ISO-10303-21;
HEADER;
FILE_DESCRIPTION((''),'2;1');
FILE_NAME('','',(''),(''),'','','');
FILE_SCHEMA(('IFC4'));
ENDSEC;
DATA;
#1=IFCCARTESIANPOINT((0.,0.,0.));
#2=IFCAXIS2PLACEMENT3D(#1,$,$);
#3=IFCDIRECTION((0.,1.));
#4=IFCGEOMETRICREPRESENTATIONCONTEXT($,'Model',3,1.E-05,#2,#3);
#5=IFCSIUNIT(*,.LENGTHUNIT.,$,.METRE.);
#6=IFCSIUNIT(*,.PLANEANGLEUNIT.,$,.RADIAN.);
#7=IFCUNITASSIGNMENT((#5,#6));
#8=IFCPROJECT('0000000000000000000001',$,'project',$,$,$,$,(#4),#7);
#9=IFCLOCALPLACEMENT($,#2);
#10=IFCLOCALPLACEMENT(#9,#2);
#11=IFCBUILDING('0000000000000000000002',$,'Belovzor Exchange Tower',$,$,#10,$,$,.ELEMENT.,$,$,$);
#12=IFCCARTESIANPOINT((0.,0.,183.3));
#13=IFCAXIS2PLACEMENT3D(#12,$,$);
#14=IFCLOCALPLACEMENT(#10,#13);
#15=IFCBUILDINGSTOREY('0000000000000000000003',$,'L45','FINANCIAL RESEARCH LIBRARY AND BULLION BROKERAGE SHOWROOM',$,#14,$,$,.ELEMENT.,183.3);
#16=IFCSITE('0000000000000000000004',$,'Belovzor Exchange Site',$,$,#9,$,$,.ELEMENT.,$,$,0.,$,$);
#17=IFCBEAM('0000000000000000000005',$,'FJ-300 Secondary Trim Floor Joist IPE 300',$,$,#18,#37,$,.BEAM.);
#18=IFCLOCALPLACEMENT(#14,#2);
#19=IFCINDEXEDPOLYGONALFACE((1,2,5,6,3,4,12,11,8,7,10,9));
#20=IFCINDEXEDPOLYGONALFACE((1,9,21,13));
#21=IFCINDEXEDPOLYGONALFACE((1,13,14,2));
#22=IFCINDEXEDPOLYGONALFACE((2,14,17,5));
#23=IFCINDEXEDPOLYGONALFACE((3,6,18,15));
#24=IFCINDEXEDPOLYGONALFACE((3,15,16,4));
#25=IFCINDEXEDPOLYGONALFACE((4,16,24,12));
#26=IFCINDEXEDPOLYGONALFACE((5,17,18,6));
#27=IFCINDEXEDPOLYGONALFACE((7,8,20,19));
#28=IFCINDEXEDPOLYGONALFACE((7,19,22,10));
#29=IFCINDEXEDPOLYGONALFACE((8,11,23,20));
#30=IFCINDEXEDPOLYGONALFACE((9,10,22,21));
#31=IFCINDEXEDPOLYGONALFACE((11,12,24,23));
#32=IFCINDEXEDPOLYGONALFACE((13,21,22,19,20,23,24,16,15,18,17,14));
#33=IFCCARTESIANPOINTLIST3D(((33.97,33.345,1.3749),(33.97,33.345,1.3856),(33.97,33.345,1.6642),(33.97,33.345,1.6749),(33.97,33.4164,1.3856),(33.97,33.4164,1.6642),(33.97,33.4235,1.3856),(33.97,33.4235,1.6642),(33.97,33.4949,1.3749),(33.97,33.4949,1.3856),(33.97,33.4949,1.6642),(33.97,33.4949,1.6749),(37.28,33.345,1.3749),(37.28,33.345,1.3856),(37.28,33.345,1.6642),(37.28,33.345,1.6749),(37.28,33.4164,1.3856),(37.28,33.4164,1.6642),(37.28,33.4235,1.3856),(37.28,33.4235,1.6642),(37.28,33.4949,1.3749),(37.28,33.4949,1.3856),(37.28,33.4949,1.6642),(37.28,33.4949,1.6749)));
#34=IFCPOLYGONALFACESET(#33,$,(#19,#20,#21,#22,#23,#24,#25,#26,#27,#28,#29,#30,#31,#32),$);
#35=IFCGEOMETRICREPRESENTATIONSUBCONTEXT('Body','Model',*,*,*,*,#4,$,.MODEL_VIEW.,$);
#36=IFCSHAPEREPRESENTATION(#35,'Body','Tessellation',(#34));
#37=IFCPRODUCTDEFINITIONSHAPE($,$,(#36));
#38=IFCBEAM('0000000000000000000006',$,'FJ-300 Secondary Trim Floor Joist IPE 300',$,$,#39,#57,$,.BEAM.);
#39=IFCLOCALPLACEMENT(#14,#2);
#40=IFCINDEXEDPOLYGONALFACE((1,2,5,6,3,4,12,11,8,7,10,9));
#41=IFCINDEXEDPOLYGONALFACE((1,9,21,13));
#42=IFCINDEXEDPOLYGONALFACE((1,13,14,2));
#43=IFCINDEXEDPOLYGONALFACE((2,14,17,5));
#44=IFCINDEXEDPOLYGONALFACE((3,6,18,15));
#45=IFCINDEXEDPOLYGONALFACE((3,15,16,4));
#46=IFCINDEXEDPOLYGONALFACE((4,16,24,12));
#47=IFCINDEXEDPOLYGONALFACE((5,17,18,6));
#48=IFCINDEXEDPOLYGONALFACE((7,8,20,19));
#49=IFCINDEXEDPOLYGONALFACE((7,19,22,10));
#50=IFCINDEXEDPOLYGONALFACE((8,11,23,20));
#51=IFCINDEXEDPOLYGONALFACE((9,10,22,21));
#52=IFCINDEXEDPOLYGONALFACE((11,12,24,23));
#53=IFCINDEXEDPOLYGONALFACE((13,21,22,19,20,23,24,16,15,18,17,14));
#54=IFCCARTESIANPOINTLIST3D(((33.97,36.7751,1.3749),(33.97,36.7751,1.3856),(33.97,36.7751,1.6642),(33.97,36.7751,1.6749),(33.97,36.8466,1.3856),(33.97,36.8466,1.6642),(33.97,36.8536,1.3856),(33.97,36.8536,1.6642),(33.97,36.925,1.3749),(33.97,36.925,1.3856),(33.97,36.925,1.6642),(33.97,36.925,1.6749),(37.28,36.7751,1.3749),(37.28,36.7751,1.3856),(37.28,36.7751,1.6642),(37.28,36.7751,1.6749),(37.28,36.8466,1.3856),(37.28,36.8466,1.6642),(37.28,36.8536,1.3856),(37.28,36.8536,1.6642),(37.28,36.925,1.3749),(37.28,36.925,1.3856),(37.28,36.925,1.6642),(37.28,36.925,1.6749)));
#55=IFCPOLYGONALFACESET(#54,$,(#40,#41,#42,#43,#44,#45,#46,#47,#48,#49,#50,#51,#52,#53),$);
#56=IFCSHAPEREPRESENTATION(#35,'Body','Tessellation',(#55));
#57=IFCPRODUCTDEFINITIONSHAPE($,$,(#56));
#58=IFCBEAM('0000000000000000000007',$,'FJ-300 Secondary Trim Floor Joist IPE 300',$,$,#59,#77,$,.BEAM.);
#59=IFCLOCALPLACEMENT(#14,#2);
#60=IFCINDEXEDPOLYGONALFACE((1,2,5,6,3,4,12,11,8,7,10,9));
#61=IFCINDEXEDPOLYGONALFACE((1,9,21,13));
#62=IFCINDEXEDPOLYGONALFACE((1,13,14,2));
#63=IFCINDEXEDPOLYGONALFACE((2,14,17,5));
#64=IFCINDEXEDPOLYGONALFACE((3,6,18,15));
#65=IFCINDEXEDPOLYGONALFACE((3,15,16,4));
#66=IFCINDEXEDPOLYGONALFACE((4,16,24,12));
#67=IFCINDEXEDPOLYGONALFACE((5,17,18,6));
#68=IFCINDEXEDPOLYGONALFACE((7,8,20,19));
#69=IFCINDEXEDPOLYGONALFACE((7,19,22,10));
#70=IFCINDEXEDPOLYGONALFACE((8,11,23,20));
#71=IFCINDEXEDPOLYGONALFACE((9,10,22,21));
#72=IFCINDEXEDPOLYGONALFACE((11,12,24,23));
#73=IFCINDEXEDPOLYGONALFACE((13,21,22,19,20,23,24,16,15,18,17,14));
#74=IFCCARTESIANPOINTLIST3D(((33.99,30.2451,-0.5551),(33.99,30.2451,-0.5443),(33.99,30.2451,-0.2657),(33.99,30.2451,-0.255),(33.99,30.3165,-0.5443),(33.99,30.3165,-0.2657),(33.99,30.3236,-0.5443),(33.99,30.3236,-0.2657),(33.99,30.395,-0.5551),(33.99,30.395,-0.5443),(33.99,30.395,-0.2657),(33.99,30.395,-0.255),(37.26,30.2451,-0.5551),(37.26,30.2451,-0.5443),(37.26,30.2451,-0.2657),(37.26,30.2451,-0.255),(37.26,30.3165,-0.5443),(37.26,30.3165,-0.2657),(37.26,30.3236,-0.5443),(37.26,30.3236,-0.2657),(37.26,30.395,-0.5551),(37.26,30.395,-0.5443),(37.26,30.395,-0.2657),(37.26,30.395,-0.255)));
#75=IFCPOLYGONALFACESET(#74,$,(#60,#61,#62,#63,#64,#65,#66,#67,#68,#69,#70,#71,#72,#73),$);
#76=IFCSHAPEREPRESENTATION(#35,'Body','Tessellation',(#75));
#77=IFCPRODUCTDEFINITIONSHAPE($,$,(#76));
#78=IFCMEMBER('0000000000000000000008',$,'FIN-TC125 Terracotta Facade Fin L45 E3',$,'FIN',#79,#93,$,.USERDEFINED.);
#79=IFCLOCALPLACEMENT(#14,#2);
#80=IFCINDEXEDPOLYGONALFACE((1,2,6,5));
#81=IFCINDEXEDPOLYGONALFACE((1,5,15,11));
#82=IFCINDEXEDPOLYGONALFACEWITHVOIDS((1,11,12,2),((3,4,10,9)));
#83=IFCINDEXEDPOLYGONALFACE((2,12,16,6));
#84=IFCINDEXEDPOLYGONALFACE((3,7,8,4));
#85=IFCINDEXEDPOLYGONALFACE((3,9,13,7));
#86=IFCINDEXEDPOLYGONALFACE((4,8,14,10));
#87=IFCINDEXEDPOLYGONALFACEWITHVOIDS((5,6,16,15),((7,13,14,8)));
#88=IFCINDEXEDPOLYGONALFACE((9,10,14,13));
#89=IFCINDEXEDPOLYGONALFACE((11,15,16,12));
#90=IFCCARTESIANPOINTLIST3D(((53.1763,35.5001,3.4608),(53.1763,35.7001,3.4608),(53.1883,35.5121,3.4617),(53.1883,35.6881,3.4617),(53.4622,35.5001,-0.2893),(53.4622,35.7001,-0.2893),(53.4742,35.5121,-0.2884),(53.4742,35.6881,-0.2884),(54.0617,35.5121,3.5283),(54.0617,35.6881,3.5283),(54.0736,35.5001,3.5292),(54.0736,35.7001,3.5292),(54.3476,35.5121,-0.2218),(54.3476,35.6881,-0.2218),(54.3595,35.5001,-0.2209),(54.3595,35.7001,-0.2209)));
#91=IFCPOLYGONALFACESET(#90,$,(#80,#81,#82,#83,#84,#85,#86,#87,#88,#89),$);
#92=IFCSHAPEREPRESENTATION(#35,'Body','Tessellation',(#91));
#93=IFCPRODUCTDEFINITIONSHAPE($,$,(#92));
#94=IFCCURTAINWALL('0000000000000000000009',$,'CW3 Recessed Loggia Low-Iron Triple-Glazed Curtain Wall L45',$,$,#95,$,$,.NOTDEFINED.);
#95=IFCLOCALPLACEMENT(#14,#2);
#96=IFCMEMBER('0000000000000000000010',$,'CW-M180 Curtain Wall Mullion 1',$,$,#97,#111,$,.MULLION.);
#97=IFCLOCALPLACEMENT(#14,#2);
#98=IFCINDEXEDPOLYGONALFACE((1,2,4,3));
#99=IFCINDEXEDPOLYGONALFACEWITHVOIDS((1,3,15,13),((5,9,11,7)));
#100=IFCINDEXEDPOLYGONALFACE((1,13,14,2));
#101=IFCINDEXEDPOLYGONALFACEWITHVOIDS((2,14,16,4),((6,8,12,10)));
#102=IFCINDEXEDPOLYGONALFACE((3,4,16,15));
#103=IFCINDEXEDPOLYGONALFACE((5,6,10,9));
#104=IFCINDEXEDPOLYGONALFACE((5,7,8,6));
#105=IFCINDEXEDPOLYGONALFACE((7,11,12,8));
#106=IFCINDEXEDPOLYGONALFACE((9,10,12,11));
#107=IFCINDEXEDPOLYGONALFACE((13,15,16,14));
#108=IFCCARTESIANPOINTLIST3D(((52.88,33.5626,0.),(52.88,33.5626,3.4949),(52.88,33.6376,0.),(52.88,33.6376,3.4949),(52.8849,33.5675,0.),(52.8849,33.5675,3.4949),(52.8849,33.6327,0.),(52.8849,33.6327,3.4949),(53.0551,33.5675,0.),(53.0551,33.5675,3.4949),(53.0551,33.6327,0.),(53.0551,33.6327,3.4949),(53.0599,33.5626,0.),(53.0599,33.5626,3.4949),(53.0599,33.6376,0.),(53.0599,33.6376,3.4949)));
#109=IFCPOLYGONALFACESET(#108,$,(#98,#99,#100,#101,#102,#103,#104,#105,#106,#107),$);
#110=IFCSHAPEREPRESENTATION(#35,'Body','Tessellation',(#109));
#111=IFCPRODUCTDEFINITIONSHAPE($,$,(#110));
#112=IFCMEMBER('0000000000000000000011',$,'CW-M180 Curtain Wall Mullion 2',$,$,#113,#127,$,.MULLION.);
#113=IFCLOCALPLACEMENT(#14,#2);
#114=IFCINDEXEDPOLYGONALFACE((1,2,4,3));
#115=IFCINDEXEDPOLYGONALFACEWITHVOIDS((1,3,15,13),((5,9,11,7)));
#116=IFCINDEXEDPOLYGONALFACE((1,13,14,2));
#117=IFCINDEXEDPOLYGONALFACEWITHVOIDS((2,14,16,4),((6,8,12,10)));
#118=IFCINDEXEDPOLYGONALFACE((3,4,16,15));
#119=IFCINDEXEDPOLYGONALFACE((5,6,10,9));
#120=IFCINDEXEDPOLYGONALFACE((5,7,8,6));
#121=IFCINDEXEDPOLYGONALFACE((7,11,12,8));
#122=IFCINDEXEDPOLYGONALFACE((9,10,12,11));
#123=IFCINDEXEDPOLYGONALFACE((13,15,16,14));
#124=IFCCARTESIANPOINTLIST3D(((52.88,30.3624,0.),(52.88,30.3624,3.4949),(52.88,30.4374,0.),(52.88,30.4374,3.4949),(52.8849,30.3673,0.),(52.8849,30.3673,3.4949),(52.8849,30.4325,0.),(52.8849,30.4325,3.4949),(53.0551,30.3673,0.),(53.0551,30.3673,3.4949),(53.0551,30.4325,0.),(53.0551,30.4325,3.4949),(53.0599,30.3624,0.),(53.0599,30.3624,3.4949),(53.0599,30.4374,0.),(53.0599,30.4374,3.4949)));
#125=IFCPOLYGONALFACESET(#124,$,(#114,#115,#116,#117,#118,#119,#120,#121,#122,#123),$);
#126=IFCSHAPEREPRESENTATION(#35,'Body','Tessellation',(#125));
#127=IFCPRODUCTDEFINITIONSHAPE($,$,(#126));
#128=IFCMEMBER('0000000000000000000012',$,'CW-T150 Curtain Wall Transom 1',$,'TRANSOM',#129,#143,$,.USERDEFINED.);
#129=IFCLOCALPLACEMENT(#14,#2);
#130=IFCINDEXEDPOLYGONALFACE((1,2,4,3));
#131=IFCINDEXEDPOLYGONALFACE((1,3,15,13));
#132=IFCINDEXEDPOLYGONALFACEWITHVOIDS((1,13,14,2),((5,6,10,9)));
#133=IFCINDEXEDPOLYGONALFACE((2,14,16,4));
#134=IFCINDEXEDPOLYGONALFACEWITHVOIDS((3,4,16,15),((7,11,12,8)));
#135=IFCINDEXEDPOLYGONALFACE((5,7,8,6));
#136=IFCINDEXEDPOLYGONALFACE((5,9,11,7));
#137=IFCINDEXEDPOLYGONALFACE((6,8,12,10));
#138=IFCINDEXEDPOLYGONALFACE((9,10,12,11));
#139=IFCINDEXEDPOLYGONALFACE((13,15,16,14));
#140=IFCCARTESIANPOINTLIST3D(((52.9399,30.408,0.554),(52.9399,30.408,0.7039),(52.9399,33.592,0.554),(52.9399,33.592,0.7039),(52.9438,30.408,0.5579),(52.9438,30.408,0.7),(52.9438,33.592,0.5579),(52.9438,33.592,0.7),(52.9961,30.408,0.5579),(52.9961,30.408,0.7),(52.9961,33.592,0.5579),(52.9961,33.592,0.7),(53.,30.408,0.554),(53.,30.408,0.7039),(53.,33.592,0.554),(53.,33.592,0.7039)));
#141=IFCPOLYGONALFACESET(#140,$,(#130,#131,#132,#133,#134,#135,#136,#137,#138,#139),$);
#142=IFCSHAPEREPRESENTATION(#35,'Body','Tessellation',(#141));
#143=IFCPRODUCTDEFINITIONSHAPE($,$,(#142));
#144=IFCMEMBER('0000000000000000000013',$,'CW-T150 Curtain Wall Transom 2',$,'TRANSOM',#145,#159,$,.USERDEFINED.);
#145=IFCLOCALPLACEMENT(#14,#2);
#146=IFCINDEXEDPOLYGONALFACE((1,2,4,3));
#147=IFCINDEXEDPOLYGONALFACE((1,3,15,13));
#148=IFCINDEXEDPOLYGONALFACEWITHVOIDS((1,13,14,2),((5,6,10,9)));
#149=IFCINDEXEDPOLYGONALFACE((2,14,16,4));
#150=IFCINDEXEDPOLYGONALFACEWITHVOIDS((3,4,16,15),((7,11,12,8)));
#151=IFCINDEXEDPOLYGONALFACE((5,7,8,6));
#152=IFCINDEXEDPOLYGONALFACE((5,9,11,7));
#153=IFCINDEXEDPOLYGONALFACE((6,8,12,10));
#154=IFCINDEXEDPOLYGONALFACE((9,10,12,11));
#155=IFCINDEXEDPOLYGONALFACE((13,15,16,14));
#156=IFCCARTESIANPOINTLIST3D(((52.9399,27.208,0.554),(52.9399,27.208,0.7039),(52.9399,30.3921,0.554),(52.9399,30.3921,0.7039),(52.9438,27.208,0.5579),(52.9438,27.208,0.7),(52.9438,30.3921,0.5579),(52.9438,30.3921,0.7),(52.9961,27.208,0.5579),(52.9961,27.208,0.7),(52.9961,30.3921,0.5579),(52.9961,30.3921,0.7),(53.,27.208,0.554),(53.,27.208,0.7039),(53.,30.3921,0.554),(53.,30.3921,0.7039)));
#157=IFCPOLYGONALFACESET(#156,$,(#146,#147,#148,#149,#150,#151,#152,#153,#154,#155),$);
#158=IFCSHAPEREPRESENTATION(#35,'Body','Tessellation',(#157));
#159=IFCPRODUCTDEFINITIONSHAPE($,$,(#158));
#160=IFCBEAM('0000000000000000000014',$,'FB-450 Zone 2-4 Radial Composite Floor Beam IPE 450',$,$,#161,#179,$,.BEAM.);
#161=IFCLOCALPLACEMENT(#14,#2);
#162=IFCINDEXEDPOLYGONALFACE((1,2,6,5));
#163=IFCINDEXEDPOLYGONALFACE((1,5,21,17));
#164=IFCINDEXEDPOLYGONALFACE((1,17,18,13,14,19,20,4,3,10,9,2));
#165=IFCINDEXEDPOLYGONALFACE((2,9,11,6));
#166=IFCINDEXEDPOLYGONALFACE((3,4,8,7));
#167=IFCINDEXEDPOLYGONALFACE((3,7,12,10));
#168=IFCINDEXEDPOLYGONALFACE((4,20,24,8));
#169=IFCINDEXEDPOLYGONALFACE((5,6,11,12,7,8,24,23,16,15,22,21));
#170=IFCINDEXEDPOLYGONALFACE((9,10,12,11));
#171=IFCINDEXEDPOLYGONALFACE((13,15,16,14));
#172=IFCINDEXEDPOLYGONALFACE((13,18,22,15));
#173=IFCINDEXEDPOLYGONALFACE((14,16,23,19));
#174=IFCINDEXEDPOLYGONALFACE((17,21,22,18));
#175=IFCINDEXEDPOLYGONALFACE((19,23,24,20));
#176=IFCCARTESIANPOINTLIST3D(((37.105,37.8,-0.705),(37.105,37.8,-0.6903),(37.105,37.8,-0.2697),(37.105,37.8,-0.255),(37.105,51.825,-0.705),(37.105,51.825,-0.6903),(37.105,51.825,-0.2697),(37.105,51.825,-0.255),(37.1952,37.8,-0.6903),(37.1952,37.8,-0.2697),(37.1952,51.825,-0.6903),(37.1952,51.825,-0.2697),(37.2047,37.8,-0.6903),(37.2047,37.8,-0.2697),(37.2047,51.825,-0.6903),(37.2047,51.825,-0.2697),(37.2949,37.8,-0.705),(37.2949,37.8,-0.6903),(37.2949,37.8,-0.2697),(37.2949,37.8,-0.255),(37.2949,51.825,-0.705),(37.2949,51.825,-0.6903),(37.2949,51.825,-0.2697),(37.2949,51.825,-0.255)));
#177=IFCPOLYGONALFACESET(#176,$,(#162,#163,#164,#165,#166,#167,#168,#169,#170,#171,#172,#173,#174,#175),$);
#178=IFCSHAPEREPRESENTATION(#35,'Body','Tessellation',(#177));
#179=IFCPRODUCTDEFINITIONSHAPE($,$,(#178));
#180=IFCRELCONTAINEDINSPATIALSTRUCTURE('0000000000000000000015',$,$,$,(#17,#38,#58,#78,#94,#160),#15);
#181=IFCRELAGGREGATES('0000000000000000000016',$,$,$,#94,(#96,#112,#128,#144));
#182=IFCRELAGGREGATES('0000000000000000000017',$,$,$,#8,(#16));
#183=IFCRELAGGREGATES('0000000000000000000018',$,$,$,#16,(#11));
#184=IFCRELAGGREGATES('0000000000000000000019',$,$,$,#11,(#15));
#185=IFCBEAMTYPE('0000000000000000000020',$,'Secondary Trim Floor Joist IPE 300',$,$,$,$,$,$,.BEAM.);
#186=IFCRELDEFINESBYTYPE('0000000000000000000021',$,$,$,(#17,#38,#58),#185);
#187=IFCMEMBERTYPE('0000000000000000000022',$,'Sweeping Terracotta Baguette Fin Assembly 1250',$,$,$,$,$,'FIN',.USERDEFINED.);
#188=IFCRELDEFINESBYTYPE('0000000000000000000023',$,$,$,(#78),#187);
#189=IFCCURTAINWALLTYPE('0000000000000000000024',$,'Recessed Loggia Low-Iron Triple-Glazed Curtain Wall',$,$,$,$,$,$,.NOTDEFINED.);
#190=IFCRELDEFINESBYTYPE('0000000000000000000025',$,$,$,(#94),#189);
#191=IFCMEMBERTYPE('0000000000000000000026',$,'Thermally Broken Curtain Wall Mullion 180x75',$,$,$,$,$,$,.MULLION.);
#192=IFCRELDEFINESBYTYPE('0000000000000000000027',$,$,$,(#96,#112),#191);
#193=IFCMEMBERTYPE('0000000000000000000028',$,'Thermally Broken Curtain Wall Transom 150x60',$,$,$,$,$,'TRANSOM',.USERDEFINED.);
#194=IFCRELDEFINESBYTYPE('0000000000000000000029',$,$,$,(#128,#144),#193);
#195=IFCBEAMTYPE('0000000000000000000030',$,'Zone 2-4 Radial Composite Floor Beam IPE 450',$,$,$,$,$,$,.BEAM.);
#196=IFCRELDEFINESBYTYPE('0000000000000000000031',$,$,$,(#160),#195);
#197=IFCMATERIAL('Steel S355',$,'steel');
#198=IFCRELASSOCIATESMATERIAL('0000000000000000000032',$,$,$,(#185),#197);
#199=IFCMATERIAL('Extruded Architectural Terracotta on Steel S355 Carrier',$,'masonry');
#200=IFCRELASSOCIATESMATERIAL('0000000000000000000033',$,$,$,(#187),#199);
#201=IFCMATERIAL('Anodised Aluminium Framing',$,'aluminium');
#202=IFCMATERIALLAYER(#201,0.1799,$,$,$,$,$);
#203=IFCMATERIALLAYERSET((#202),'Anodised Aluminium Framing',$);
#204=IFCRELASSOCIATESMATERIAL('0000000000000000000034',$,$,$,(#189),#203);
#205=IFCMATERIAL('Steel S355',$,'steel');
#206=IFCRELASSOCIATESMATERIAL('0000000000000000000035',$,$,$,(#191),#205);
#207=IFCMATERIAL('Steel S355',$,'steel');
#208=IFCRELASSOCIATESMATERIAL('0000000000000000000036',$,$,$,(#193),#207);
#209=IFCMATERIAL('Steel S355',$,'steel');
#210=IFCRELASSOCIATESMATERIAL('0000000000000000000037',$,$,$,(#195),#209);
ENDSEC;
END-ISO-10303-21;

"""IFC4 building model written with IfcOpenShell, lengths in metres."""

from ifc_helpers import new_model, si_unit, direction, frame, origin, origin_2d, place, context, subcontext, project, spatial, hollow_rectangle, i_section, extrude, material, layer, layer_set, material_profile, profile_set, type_object, element, aggregate, save


model = new_model("IFC4")

# Units and contexts
model_context = context("Model", 3, precision=1e-05, world=origin(), true_north=direction((0.0, 1.0)))
body_context = subcontext(model_context, "Body", "Model", "MODEL_VIEW")
ifc_project = project(units=[si_unit("LENGTHUNIT", "METRE"), si_unit("PLANEANGLEUNIT", "RADIAN")], contexts=[model_context])

# Site, building, storey
site_placement = place(None, origin())
site = spatial("IfcSite", under=ifc_project, at=site_placement, Name="Belovzor Exchange Site", CompositionType="ELEMENT", RefElevation=0.0)
building_placement = place(site_placement, origin())
building = spatial("IfcBuilding", under=site, at=building_placement, Name="Belovzor Exchange Tower", CompositionType="ELEMENT")
storey_placement = place(building_placement, frame((0.0, 0.0, 183.3)))
storey = spatial("IfcBuildingStorey", under=building, at=storey_placement, Name="L45", Description="FINANCIAL RESEARCH LIBRARY AND BULLION BROKERAGE SHOWROOM", CompositionType="ELEMENT", Elevation=183.3)

# Beams
ifc_material_1 = material(Name="Steel S355", Category="steel")
ifc_material_profile_1 = material_profile(ifc_material_1, i_section(OverallWidth=0.1499, OverallDepth=0.3, WebThickness=0.0071, FlangeThickness=0.0107, at=origin_2d()))
ifc_profile_set_1 = profile_set([ifc_material_profile_1], Name="Steel S355")
beam_type_1 = type_object("IfcBeamType", Name="Secondary Trim Floor Joist IPE 300", PredefinedType="BEAM", material=ifc_profile_set_1)
for number, where, z_axis, x_axis, name in (
    (1, (37.28, 33.4199, 1.5249), (-1.0, 0.0, 0.0), (0.0, -1.0, 0.0), "FJ-300 Secondary Trim Floor Joist IPE 300"),
    (2, (37.28, 36.8501, 1.5249), (-1.0, 0.0, 0.0), (0.0, -1.0, 0.0), "FJ-300 Secondary Trim Floor Joist IPE 300"),
):
    element("IfcBeam", number, at=place(storey_placement, frame(where, z_axis=z_axis, x_axis=x_axis)), inside=storey, type_object=beam_type_1, Name=name, PredefinedType="BEAM", context=body_context, shape_type="SweptSolid", body=[
        extrude(i_section(OverallWidth=0.1499, OverallDepth=0.3, WebThickness=0.0071, FlangeThickness=0.0107, at=origin_2d()), origin(), (0.0, 0.0, 1.0), 3.3101),
    ])
beam_1_placement = place(storey_placement, frame((37.26, 30.3201, -0.405), z_axis=(-1.0, 0.0, 0.0), x_axis=(0.0, -1.0, 0.0)))
element("IfcBeam", 3, at=beam_1_placement, inside=storey, type_object=beam_type_1, Name="FJ-300 Secondary Trim Floor Joist IPE 300", PredefinedType="BEAM", context=body_context, shape_type="SweptSolid", body=[
    extrude(i_section(OverallWidth=0.1499, OverallDepth=0.3, WebThickness=0.0071, FlangeThickness=0.0107, at=origin_2d()), origin(), (0.0, 0.0, 1.0), 3.27),
])

# Member
ifc_material_2 = material(Name="Extruded Architectural Terracotta on Steel S355 Carrier", Category="masonry")
ifc_material_profile_2 = material_profile(ifc_material_2, hollow_rectangle(XDim=0.2, YDim=0.8999, WallThickness=0.012, at=origin_2d()))
ifc_profile_set_2 = profile_set([ifc_material_profile_2], Name="Extruded Architectural Terracotta on Steel S355 Carrier")
member_type_1 = type_object("IfcMemberType", Name="Sweeping Terracotta Baguette Fin Assembly 1250", ElementType="FIN", PredefinedType="USERDEFINED", material=ifc_profile_set_2)
member_1_placement = place(storey_placement, frame((53.9109, 35.6001, -0.2551), z_axis=(-0.076016, 0.0, 0.997107), x_axis=(0.0, -1.0, 0.0)))
element("IfcMember", 4, at=member_1_placement, inside=storey, type_object=member_type_1, Name="FIN-TC125 Terracotta Facade Fin L45 E3", ObjectType="FIN", PredefinedType="USERDEFINED", context=body_context, shape_type="SweptSolid", body=[
    extrude(hollow_rectangle(XDim=0.2, YDim=0.8999, WallThickness=0.012, at=origin_2d()), origin(), (0.0, 0.0, 1.0), 3.761),
])

# Curtain wall, members
ifc_material_3 = material(Name="Anodised Aluminium Framing", Category="aluminium")
ifc_layer_1 = layer(ifc_material_3, 0.1799)
ifc_layer_set_1 = layer_set([ifc_layer_1], Name="Anodised Aluminium Framing")
curtain_wall_type = type_object("IfcCurtainWallType", Name="Recessed Loggia Low-Iron Triple-Glazed Curtain Wall", PredefinedType="NOTDEFINED", material=ifc_layer_set_1)
curtain_wall_placement = place(storey_placement, origin())
curtain_wall = element("IfcCurtainWall", 5, at=curtain_wall_placement, inside=storey, type_object=curtain_wall_type, Name="CW3 Recessed Loggia Low-Iron Triple-Glazed Curtain Wall L45", PredefinedType="NOTDEFINED")
ifc_material_4 = material(Name="Steel S355", Category="steel")
ifc_material_profile_3 = material_profile(ifc_material_4, hollow_rectangle(XDim=0.075, YDim=0.1799, WallThickness=0.0049, at=origin_2d()))
ifc_profile_set_3 = profile_set([ifc_material_profile_3], Name="Steel S355")
member_type_2 = type_object("IfcMemberType", Name="Thermally Broken Curtain Wall Mullion 180x75", PredefinedType="MULLION", material=ifc_profile_set_3)
member_2_placement = place(storey_placement, frame((52.97, 33.6001, 0.0), z_axis=(0.0, 0.0, 1.0), x_axis=(0.0, -1.0, 0.0)))
member_2 = element("IfcMember", 6, at=member_2_placement, type_object=member_type_2, Name="CW-M180 Curtain Wall Mullion 1", PredefinedType="MULLION", context=body_context, shape_type="SweptSolid", body=[
    extrude(hollow_rectangle(XDim=0.075, YDim=0.1799, WallThickness=0.0049, at=origin_2d()), origin(), (0.0, 0.0, 1.0), 3.4949),
])
member_3_placement = place(storey_placement, frame((52.97, 30.3999, 0.0), z_axis=(0.0, 0.0, 1.0), x_axis=(0.0, -1.0, 0.0)))
member_3 = element("IfcMember", 7, at=member_3_placement, type_object=member_type_2, Name="CW-M180 Curtain Wall Mullion 2", PredefinedType="MULLION", context=body_context, shape_type="SweptSolid", body=[
    extrude(hollow_rectangle(XDim=0.075, YDim=0.1799, WallThickness=0.0049, at=origin_2d()), origin(), (0.0, 0.0, 1.0), 3.4949),
])
ifc_material_5 = material(Name="Steel S355", Category="steel")
ifc_material_profile_4 = material_profile(ifc_material_5, hollow_rectangle(XDim=0.0601, YDim=0.1499, WallThickness=0.0039, at=origin_2d()))
ifc_profile_set_4 = profile_set([ifc_material_profile_4], Name="Steel S355")
member_type_3 = type_object("IfcMemberType", Name="Thermally Broken Curtain Wall Transom 150x60", ElementType="TRANSOM", PredefinedType="USERDEFINED", material=ifc_profile_set_4)
member_4_placement = place(storey_placement, frame((52.97, 33.592, 0.6289), z_axis=(0.0, -1.0, 0.0), x_axis=(1.0, 0.0, 0.0)))
member_4 = element("IfcMember", 8, at=member_4_placement, type_object=member_type_3, Name="CW-T150 Curtain Wall Transom 1", ObjectType="TRANSOM", PredefinedType="USERDEFINED", context=body_context, shape_type="SweptSolid", body=[
    extrude(hollow_rectangle(XDim=0.0601, YDim=0.1499, WallThickness=0.0039, at=origin_2d()), origin(), (0.0, 0.0, 1.0), 3.1841),
])
member_5_placement = place(storey_placement, frame((52.97, 30.3921, 0.6289), z_axis=(0.0, -1.0, 0.0), x_axis=(1.0, 0.0, 0.0)))
member_5 = element("IfcMember", 9, at=member_5_placement, type_object=member_type_3, Name="CW-T150 Curtain Wall Transom 2", ObjectType="TRANSOM", PredefinedType="USERDEFINED", context=body_context, shape_type="SweptSolid", body=[
    extrude(hollow_rectangle(XDim=0.0601, YDim=0.1499, WallThickness=0.0039, at=origin_2d()), origin(), (0.0, 0.0, 1.0), 3.1841),
])

# Beam
ifc_material_6 = material(Name="Steel S355", Category="steel")
ifc_material_profile_5 = material_profile(ifc_material_6, i_section(OverallWidth=0.1899, OverallDepth=0.45, WebThickness=0.0095, FlangeThickness=0.0146, at=origin_2d()))
ifc_profile_set_5 = profile_set([ifc_material_profile_5], Name="Steel S355")
beam_type_2 = type_object("IfcBeamType", Name="Zone 2-4 Radial Composite Floor Beam IPE 450", PredefinedType="BEAM", material=ifc_profile_set_5)
for number, where, z_axis, x_axis, name in (
    (10, (37.2, 37.8, -0.48), (0.0, 1.0, 0.0), (-1.0, 0.0, 0.0), "FB-450 Zone 2-4 Radial Composite Floor Beam IPE 450"),
):
    element("IfcBeam", number, at=place(storey_placement, frame(where, z_axis=z_axis, x_axis=x_axis)), inside=storey, type_object=beam_type_2, Name=name, PredefinedType="BEAM", context=body_context, shape_type="SweptSolid", body=[
        extrude(i_section(OverallWidth=0.1899, OverallDepth=0.45, WebThickness=0.0095, FlangeThickness=0.0146, at=origin_2d()), origin(), (0.0, 0.0, 1.0), 14.0249),
    ])

aggregate(curtain_wall, [member_2, member_3, member_4, member_5])

save(model, "model.ifc")
